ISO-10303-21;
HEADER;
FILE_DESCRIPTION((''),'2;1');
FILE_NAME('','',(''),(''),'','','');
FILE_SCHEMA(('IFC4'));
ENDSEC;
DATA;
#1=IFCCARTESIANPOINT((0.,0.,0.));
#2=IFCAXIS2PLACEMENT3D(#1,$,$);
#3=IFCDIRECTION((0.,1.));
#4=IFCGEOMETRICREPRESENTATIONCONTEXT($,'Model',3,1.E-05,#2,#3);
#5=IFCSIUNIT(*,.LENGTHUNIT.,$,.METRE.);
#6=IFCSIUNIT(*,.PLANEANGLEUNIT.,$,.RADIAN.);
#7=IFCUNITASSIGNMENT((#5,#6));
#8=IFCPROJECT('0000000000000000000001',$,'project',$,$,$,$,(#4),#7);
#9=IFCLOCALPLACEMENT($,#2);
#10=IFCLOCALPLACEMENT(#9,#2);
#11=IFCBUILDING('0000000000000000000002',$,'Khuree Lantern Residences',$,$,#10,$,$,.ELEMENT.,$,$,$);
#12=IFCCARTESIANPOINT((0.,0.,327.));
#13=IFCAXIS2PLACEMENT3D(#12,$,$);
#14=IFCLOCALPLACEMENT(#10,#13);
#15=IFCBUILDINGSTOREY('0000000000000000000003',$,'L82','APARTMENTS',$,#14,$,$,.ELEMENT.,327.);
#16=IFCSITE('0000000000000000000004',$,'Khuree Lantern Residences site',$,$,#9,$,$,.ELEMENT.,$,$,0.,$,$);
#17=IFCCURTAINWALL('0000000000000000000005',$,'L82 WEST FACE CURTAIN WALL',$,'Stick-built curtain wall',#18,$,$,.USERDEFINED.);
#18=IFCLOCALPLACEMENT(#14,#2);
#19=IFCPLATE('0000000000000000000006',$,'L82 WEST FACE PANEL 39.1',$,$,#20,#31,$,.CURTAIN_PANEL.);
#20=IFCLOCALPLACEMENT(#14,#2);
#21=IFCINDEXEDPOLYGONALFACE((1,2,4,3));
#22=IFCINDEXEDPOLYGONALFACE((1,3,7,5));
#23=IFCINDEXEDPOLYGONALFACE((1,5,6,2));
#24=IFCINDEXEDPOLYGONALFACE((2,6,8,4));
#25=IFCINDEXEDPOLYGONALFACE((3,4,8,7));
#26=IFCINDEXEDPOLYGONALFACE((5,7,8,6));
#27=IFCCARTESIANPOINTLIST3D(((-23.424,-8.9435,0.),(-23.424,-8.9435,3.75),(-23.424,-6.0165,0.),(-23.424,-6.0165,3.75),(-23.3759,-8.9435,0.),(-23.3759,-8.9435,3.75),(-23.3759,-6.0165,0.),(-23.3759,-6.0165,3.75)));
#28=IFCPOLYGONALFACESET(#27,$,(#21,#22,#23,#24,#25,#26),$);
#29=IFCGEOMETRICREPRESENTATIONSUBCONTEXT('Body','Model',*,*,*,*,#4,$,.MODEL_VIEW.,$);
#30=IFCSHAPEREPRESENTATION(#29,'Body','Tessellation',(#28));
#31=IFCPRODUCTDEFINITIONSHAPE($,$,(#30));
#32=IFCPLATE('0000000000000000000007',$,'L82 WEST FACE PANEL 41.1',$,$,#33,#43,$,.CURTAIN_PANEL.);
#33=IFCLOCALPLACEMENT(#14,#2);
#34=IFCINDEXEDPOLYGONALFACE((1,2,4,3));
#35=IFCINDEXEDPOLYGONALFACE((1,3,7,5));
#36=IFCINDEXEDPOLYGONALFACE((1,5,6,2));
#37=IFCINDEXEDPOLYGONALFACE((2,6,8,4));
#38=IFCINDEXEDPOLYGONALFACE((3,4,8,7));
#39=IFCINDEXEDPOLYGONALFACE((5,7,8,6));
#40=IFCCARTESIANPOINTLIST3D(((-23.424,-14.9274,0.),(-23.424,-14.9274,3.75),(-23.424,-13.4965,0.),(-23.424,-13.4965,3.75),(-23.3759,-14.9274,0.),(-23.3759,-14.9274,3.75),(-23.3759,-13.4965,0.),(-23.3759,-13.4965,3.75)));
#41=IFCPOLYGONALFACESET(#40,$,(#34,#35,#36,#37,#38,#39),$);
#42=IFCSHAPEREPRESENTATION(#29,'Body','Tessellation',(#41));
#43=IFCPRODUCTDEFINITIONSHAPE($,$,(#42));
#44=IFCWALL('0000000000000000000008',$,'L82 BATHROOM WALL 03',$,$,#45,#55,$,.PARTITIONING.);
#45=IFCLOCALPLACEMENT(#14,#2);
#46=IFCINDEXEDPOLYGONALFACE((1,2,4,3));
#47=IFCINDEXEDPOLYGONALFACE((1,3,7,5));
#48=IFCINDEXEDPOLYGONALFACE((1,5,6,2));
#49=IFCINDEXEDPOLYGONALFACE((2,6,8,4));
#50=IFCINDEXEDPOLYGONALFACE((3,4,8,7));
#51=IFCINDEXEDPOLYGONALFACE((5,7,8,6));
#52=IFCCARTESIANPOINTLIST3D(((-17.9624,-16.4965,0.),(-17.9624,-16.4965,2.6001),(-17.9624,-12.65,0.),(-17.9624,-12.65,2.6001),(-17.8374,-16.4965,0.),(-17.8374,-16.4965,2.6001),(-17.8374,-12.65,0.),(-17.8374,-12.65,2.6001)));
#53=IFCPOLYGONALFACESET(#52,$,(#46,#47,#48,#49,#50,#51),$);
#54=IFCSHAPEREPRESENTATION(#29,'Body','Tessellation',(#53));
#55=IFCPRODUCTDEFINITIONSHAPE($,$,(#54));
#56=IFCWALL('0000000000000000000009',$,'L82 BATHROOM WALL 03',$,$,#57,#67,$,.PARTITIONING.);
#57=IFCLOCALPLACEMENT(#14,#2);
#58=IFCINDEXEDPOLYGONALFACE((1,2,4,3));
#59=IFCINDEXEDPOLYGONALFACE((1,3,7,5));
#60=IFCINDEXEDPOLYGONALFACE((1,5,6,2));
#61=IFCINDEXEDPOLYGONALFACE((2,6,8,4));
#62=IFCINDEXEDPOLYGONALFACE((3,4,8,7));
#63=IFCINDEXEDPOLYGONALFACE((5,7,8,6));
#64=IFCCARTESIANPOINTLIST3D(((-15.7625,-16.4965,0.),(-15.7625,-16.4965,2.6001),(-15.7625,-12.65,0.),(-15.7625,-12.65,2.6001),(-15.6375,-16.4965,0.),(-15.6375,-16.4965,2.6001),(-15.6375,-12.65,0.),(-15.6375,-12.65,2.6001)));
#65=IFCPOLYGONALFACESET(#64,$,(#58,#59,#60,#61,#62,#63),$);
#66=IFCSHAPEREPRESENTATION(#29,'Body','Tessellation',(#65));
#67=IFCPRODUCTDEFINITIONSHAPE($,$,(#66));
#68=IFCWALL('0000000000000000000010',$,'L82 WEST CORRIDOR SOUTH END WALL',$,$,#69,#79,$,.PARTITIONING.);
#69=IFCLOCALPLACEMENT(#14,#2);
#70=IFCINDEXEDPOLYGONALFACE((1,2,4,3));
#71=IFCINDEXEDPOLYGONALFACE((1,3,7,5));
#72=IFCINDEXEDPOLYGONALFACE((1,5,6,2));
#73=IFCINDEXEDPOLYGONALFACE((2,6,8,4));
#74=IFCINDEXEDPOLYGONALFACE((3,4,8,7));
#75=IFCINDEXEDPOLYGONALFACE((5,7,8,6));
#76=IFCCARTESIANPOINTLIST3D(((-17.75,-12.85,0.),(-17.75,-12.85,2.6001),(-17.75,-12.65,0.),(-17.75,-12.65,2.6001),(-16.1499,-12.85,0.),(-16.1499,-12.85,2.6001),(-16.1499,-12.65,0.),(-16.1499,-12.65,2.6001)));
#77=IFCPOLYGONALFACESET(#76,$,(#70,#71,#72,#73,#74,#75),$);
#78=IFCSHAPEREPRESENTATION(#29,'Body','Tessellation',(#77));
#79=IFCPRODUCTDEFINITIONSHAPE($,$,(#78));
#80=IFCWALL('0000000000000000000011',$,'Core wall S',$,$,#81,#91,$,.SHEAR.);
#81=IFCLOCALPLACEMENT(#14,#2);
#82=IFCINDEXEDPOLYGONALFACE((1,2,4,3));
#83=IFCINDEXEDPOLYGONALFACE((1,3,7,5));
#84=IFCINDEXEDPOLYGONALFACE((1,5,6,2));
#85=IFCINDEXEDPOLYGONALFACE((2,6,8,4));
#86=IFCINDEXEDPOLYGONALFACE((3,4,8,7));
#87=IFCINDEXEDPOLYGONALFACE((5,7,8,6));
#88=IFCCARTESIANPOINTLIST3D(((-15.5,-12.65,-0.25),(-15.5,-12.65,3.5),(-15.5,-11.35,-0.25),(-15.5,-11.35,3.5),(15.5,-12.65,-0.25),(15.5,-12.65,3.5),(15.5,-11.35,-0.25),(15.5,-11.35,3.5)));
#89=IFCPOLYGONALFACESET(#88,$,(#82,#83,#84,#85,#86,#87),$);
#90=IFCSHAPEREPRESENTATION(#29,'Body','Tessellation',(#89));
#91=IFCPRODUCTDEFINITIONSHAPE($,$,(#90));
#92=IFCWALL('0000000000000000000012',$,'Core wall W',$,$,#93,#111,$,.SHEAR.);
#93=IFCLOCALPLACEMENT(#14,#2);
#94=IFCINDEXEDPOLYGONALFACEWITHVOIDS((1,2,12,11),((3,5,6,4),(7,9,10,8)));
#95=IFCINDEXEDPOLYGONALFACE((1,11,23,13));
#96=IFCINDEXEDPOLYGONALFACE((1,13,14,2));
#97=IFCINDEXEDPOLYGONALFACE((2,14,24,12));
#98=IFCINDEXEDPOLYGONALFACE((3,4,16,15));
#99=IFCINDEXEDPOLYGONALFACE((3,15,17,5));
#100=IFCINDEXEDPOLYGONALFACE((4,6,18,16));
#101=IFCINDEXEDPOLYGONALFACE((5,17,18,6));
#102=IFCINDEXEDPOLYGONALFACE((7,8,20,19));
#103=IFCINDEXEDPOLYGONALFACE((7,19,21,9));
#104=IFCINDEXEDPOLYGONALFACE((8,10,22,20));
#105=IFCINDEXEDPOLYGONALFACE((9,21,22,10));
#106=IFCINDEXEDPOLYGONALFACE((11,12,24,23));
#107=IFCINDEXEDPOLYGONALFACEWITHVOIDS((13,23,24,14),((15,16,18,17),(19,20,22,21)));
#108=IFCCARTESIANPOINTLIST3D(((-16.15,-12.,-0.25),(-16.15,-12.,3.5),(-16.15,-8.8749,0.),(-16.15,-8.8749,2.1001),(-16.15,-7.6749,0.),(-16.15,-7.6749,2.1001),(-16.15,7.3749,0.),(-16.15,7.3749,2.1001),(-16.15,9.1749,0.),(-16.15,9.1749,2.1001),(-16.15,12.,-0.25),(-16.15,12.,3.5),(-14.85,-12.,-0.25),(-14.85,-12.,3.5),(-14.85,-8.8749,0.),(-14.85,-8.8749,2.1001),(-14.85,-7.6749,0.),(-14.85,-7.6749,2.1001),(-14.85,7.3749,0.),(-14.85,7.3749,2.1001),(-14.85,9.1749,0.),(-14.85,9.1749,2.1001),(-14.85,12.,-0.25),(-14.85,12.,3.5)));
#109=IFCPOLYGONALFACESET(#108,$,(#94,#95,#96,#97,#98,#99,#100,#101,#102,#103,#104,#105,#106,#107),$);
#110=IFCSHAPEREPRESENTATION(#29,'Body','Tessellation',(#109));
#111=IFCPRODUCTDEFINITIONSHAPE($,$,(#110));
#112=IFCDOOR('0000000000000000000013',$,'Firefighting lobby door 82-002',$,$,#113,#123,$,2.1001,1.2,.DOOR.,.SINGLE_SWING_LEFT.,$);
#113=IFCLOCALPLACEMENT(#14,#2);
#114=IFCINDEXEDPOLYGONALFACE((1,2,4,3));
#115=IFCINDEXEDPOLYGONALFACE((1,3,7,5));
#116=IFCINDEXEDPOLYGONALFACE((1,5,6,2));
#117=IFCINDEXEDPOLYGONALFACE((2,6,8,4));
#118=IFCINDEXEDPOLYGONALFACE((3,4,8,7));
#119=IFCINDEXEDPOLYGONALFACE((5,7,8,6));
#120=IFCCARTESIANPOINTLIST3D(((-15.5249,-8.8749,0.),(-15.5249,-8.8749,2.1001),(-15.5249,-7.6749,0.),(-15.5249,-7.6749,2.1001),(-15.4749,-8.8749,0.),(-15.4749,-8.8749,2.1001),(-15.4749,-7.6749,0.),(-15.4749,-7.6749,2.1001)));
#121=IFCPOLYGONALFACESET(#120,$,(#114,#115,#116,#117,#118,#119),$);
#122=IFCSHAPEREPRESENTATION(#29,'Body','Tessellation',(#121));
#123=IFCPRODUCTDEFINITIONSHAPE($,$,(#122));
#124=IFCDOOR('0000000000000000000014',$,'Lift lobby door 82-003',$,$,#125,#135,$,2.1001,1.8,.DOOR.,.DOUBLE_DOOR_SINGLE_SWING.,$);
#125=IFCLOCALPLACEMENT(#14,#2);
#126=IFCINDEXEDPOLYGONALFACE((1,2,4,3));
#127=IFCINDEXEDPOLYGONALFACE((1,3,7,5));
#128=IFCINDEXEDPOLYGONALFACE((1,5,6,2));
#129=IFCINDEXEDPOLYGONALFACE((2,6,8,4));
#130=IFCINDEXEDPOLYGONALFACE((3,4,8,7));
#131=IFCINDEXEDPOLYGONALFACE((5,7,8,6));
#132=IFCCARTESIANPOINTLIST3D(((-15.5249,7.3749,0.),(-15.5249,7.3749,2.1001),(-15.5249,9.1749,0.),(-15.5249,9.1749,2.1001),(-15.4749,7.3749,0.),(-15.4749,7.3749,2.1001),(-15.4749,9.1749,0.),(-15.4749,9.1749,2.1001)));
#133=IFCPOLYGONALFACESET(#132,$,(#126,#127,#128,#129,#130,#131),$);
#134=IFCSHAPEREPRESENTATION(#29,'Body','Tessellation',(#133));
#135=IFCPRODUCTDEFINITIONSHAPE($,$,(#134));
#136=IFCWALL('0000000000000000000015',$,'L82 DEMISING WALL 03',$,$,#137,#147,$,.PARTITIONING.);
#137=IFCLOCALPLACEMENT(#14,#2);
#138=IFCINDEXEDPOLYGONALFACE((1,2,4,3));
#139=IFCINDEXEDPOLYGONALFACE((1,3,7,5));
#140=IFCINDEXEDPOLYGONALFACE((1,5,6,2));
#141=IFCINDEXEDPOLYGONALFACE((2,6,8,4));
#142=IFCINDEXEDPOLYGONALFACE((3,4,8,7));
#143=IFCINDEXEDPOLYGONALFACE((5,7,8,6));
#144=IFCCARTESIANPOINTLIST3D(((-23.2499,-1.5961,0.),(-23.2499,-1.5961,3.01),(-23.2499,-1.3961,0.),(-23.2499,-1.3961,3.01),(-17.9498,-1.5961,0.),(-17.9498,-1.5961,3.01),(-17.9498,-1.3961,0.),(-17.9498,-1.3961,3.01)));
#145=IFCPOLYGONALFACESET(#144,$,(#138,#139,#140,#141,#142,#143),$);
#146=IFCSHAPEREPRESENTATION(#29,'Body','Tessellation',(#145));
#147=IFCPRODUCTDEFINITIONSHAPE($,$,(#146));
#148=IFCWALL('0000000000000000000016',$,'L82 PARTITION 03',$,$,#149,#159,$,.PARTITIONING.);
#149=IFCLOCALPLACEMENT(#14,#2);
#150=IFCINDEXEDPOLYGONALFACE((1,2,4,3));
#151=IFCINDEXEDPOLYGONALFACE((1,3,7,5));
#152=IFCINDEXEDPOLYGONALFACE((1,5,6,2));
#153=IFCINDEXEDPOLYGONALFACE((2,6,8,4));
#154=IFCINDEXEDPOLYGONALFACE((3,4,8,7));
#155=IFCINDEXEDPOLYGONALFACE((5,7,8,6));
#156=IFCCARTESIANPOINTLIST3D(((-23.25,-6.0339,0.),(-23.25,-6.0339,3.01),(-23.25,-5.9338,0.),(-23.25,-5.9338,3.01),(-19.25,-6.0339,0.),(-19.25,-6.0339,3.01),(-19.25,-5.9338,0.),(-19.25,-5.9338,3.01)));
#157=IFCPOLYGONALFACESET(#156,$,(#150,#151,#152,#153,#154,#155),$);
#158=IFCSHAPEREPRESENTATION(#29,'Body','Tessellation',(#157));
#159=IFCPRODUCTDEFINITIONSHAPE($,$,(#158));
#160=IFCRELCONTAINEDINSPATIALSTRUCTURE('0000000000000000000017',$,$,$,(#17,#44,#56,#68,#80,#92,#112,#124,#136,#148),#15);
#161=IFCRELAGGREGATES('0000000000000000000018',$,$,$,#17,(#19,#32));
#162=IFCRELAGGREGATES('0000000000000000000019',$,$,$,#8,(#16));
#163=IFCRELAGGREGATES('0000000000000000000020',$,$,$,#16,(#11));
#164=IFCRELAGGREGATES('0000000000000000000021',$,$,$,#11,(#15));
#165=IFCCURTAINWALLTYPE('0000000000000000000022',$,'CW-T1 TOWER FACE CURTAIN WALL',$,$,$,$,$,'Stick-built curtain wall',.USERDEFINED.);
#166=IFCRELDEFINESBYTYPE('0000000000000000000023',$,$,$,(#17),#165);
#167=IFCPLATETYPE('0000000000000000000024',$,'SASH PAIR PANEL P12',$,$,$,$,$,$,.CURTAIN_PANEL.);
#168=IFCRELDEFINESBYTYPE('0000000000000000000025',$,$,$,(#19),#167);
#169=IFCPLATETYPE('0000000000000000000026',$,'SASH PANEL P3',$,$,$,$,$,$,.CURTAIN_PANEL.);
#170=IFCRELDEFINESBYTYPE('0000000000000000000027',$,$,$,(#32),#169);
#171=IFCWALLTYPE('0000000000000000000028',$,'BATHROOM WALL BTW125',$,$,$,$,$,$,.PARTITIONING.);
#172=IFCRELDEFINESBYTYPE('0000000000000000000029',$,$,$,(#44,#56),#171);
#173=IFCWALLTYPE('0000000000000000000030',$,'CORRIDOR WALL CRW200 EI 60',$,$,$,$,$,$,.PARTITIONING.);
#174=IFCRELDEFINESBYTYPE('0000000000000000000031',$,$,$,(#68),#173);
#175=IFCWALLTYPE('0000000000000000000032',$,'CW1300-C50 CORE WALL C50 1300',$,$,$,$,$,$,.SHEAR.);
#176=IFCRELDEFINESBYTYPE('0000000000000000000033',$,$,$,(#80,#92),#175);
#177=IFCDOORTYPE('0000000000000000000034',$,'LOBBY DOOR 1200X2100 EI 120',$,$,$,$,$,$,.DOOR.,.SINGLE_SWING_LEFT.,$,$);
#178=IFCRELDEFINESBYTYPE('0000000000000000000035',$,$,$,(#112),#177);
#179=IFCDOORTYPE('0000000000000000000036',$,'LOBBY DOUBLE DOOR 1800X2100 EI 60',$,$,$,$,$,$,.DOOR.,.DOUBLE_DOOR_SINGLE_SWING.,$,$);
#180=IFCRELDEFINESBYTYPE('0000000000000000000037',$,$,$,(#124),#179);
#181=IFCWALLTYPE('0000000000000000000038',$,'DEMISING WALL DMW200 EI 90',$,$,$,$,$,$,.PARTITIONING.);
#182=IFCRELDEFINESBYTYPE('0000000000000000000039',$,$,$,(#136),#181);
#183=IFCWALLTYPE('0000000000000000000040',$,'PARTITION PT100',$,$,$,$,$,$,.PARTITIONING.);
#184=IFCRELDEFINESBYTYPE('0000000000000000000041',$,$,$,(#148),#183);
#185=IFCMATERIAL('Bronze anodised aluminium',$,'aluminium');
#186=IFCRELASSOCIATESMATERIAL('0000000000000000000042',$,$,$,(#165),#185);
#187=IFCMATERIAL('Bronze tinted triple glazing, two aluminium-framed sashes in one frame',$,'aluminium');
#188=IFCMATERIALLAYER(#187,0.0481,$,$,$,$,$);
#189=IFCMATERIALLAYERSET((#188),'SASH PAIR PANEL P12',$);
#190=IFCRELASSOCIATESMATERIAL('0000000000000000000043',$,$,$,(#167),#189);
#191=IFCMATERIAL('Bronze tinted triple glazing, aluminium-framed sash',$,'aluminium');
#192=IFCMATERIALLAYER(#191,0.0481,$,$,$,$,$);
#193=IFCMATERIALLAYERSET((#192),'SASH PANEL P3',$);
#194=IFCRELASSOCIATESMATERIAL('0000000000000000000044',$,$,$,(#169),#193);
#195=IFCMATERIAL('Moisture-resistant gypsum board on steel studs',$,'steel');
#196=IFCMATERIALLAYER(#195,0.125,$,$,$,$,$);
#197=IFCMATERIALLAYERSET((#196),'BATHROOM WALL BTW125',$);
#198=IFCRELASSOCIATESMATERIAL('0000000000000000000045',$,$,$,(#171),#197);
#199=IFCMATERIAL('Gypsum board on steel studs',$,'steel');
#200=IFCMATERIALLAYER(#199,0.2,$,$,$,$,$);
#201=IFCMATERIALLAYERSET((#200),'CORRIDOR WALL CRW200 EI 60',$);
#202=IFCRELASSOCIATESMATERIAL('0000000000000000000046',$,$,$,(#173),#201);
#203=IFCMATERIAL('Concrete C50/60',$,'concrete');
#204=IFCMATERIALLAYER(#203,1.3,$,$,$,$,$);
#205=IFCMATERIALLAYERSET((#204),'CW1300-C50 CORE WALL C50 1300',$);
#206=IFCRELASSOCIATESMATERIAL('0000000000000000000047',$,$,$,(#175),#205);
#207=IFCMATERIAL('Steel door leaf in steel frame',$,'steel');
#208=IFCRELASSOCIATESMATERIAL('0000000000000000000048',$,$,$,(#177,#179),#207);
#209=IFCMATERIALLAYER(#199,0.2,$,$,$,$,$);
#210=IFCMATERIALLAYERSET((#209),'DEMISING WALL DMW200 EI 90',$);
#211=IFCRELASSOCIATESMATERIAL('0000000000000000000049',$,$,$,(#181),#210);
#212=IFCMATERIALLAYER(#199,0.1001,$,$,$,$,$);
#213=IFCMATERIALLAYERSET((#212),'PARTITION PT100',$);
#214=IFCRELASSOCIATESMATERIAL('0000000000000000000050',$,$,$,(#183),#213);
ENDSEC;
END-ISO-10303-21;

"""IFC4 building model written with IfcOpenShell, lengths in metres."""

from ifc_helpers import new_model, si_unit, direction, frame, frame_2d, origin, origin_2d, place, context, subcontext, project, spatial, rectangle, extrude, material, layer, layer_set, type_object, element, fill, aggregate, save


model = new_model("IFC4")

# Units and contexts
model_context = context("Model", 3, precision=1e-05, world=origin(), true_north=direction((0.0, 1.0)))
body_context = subcontext(model_context, "Body", "Model", "MODEL_VIEW")
ifc_project = project(units=[si_unit("LENGTHUNIT", "METRE"), si_unit("PLANEANGLEUNIT", "RADIAN")], contexts=[model_context])

# Site, building, storey
site_placement = place(None, origin())
site = spatial("IfcSite", under=ifc_project, at=site_placement, Name="Khuree Lantern Residences site", CompositionType="ELEMENT", RefElevation=0.0)
building_placement = place(site_placement, origin())
building = spatial("IfcBuilding", under=site, at=building_placement, Name="Khuree Lantern Residences", CompositionType="ELEMENT")
storey_placement = place(building_placement, frame((0.0, 0.0, 327.0)))
storey = spatial("IfcBuildingStorey", under=building, at=storey_placement, Name="L82", Description="APARTMENTS", CompositionType="ELEMENT", Elevation=327.0)

# Shared definitions
ifc_material_1 = material(Name="Concrete C50/60", Category="concrete")

# Curtain wall
ifc_material_2 = material(Name="Bronze anodised aluminium", Category="aluminium")
curtain_wall_type = type_object("IfcCurtainWallType", Name="CW-T1 TOWER FACE CURTAIN WALL", ElementType="Stick-built curtain wall", PredefinedType="USERDEFINED", material=ifc_material_2)
curtain_wall_placement = place(storey_placement, origin())
curtain_wall = element("IfcCurtainWall", 1, at=curtain_wall_placement, inside=storey, type_object=curtain_wall_type, Name="L82 WEST FACE CURTAIN WALL", ObjectType="Stick-built curtain wall", PredefinedType="USERDEFINED")

# Plates
ifc_material_3 = material(Name="Bronze tinted triple glazing, two aluminium-framed sashes in one frame", Category="aluminium")
ifc_layer_1 = layer(ifc_material_3, 0.0481)
ifc_layer_set_1 = layer_set([ifc_layer_1], Name="SASH PAIR PANEL P12")
plate_type_1 = type_object("IfcPlateType", Name="SASH PAIR PANEL P12", PredefinedType="CURTAIN_PANEL", material=ifc_layer_set_1)
plate_1_placement = place(storey_placement, frame((-23.3999, -7.48, 0.0), z_axis=(0.0, 0.0, 1.0), x_axis=(0.0, -1.0, 0.0)))
plate_1 = element("IfcPlate", 2, at=plate_1_placement, type_object=plate_type_1, Name="L82 WEST FACE PANEL 39.1", PredefinedType="CURTAIN_PANEL", context=body_context, shape_type="SweptSolid", body=[
    extrude(rectangle(XDim=2.927, YDim=0.0481, at=origin_2d()), origin(), (0.0, 0.0, 1.0), 3.75),
])
ifc_material_4 = material(Name="Bronze tinted triple glazing, aluminium-framed sash", Category="aluminium")
ifc_layer_2 = layer(ifc_material_4, 0.0481)
ifc_layer_set_2 = layer_set([ifc_layer_2], Name="SASH PANEL P3")
plate_type_2 = type_object("IfcPlateType", Name="SASH PANEL P3", PredefinedType="CURTAIN_PANEL", material=ifc_layer_set_2)
plate_2_placement = place(storey_placement, frame((-23.3999, -14.2119, 0.0), z_axis=(0.0, 0.0, 1.0), x_axis=(0.0, -1.0, 0.0)))
plate_2 = element("IfcPlate", 3, at=plate_2_placement, type_object=plate_type_2, Name="L82 WEST FACE PANEL 41.1", PredefinedType="CURTAIN_PANEL", context=body_context, shape_type="SweptSolid", body=[
    extrude(rectangle(XDim=1.4309, YDim=0.0481, at=origin_2d()), origin(), (0.0, 0.0, 1.0), 3.75),
])
aggregate(curtain_wall, [plate_1, plate_2])

# Walls
ifc_material_5 = material(Name="Moisture-resistant gypsum board on steel studs", Category="steel")
ifc_layer_3 = layer(ifc_material_5, 0.125)
ifc_layer_set_3 = layer_set([ifc_layer_3], Name="BATHROOM WALL BTW125")
wall_type_1 = type_object("IfcWallType", Name="BATHROOM WALL BTW125", PredefinedType="PARTITIONING", material=ifc_layer_set_3)
for number, where, z_axis, x_axis, name in (
    (4, (-17.8999, -12.6499, 0.0), (0.0, 0.0, 1.0), (0.0, -1.0, 0.0), "L82 BATHROOM WALL 03"),
    (5, (-15.7, -12.6499, 0.0), (0.0, 0.0, 1.0), (0.0, -1.0, 0.0), "L82 BATHROOM WALL 03"),
):
    element("IfcWall", number, at=place(storey_placement, frame(where, z_axis=z_axis, x_axis=x_axis)), inside=storey, type_object=wall_type_1, Name=name, PredefinedType="PARTITIONING", context=body_context, shape_type="SweptSolid", body=[
        extrude(rectangle(XDim=3.8464, YDim=0.125, at=frame_2d((1.9233, 0.0))), origin(), (0.0, 0.0, 1.0), 2.6001),
    ])
ifc_material_6 = material(Name="Gypsum board on steel studs", Category="steel")
ifc_layer_4 = layer(ifc_material_6, 0.2)
ifc_layer_set_4 = layer_set([ifc_layer_4], Name="CORRIDOR WALL CRW200 EI 60")
wall_type_2 = type_object("IfcWallType", Name="CORRIDOR WALL CRW200 EI 60", PredefinedType="PARTITIONING", material=ifc_layer_set_4)
wall_1_placement = place(storey_placement, frame((-16.1499, -12.75, 0.0), z_axis=(0.0, 0.0, 1.0), x_axis=(-1.0, 0.0, 0.0)))
element("IfcWall", 6, at=wall_1_placement, inside=storey, type_object=wall_type_2, Name="L82 WEST CORRIDOR SOUTH END WALL", PredefinedType="PARTITIONING", context=body_context, shape_type="SweptSolid", body=[
    extrude(rectangle(XDim=1.6001, YDim=0.2, at=frame_2d((0.8, 0.0))), origin(), (0.0, 0.0, 1.0), 2.6001),
])
ifc_layer_5 = layer(ifc_material_1, 1.3)
ifc_layer_set_5 = layer_set([ifc_layer_5], Name="CW1300-C50 CORE WALL C50 1300")
wall_type_3 = type_object("IfcWallType", Name="CW1300-C50 CORE WALL C50 1300", PredefinedType="SHEAR", material=ifc_layer_set_5)
wall_2_placement = place(storey_placement, frame((-15.5, -12.0, -0.25), z_axis=(0.0, 0.0, 1.0), x_axis=(1.0, 0.0, 0.0)))
element("IfcWall", 7, at=wall_2_placement, inside=storey, type_object=wall_type_3, Name="Core wall S", PredefinedType="SHEAR", context=body_context, shape_type="SweptSolid", body=[
    extrude(rectangle(XDim=31.0, YDim=1.3, at=frame_2d((15.5, 0.0))), origin(), (0.0, 0.0, 1.0), 3.75),
])

# Wall, openings, doors
wall_3_placement = place(storey_placement, frame((-15.5, -12.0, -0.25), z_axis=(0.0, 0.0, 1.0), x_axis=(0.0, 1.0, 0.0)))
wall_3 = element("IfcWall", 8, at=wall_3_placement, inside=storey, type_object=wall_type_3, Name="Core wall W", PredefinedType="SHEAR", context=body_context, shape_type="SweptSolid", body=[
    extrude(rectangle(XDim=24.0, YDim=1.3, at=frame_2d((12.0, 0.0))), origin(), (0.0, 0.0, 1.0), 3.75),
])
opening_1_placement = place(wall_3_placement, frame((3.125, 0.0, 0.25)))
opening_1 = element("IfcOpeningElement", 9, at=opening_1_placement, cuts=wall_3, PredefinedType="OPENING", context=body_context, shape_type="SweptSolid", body=[
    extrude(rectangle(XDim=1.2, YDim=2.1001, at=frame_2d((0.6001, 1.05))), frame((0.0, 0.6602, 0.0), z_axis=(0.0, -1.0, 0.0), x_axis=(1.0, 0.0, 0.0)), (0.0, 0.0, 1.0), 1.3201),
])
opening_2_placement = place(wall_3_placement, frame((19.375, 0.0, 0.25)))
opening_2 = element("IfcOpeningElement", 10, at=opening_2_placement, cuts=wall_3, PredefinedType="OPENING", context=body_context, shape_type="SweptSolid", body=[
    extrude(rectangle(XDim=1.8, YDim=2.1001, at=frame_2d((0.8999, 1.05))), frame((0.0, 0.6602, 0.0), z_axis=(0.0, -1.0, 0.0), x_axis=(1.0, 0.0, 0.0)), (0.0, 0.0, 1.0), 1.3201),
])
ifc_material_7 = material(Name="Steel door leaf in steel frame", Category="steel")
door_type_1 = type_object("IfcDoorType", Name="LOBBY DOOR 1200X2100 EI 120", OperationType="SINGLE_SWING_LEFT", PredefinedType="DOOR", material=ifc_material_7)
door_1_placement = place(opening_1_placement, origin())
door_1 = element("IfcDoor", 11, at=door_1_placement, inside=storey, type_object=door_type_1, Name="Firefighting lobby door 82-002", OperationType="SINGLE_SWING_LEFT", OverallHeight=2.1001, OverallWidth=1.2, PredefinedType="DOOR", context=body_context, shape_type="SweptSolid", body=[
    extrude(rectangle(XDim=1.2, YDim=2.1001, at=frame_2d((0.6001, 1.05))), frame((0.0, 0.0249, 0.0), z_axis=(0.0, -1.0, 0.0), x_axis=(1.0, 0.0, 0.0)), (0.0, 0.0, 1.0), 0.05),
])
fill(opening_1, door_1)
door_type_2 = type_object("IfcDoorType", Name="LOBBY DOUBLE DOOR 1800X2100 EI 60", OperationType="DOUBLE_DOOR_SINGLE_SWING", PredefinedType="DOOR", material=ifc_material_7)
door_2_placement = place(opening_2_placement, origin())
door_2 = element("IfcDoor", 12, at=door_2_placement, inside=storey, type_object=door_type_2, Name="Lift lobby door 82-003", OperationType="DOUBLE_DOOR_SINGLE_SWING", OverallHeight=2.1001, OverallWidth=1.8, PredefinedType="DOOR", context=body_context, shape_type="SweptSolid", body=[
    extrude(rectangle(XDim=1.8, YDim=2.1001, at=frame_2d((0.8999, 1.05))), frame((0.0, 0.0249, 0.0), z_axis=(0.0, -1.0, 0.0), x_axis=(1.0, 0.0, 0.0)), (0.0, 0.0, 1.0), 0.05),
])
fill(opening_2, door_2)

# Walls
ifc_layer_6 = layer(ifc_material_6, 0.2)
ifc_layer_set_6 = layer_set([ifc_layer_6], Name="DEMISING WALL DMW200 EI 90")
wall_type_4 = type_object("IfcWallType", Name="DEMISING WALL DMW200 EI 90", PredefinedType="PARTITIONING", material=ifc_layer_set_6)
wall_4_placement = place(storey_placement, frame((-17.95, -1.4961, 0.0), z_axis=(0.0, 0.0, 1.0), x_axis=(-1.0, 0.0, 0.0)))
element("IfcWall", 13, at=wall_4_placement, inside=storey, type_object=wall_type_4, Name="L82 DEMISING WALL 03", PredefinedType="PARTITIONING", context=body_context, shape_type="SweptSolid", body=[
    extrude(rectangle(XDim=5.3, YDim=0.2, at=frame_2d((2.6499, 0.0))), origin(), (0.0, 0.0, 1.0), 3.01),
])
ifc_layer_7 = layer(ifc_material_6, 0.1001)
ifc_layer_set_7 = layer_set([ifc_layer_7], Name="PARTITION PT100")
wall_type_5 = type_object("IfcWallType", Name="PARTITION PT100", PredefinedType="PARTITIONING", material=ifc_layer_set_7)
wall_5_placement = place(storey_placement, frame((-19.25, -5.9839, 0.0), z_axis=(0.0, 0.0, 1.0), x_axis=(-1.0, 0.0, 0.0)))
element("IfcWall", 14, at=wall_5_placement, inside=storey, type_object=wall_type_5, Name="L82 PARTITION 03", PredefinedType="PARTITIONING", context=body_context, shape_type="SweptSolid", body=[
    extrude(rectangle(XDim=4.0, YDim=0.1001, at=frame_2d((2.0, 0.0))), origin(), (0.0, 0.0, 1.0), 3.01),
])

save(model, "model.ifc")
